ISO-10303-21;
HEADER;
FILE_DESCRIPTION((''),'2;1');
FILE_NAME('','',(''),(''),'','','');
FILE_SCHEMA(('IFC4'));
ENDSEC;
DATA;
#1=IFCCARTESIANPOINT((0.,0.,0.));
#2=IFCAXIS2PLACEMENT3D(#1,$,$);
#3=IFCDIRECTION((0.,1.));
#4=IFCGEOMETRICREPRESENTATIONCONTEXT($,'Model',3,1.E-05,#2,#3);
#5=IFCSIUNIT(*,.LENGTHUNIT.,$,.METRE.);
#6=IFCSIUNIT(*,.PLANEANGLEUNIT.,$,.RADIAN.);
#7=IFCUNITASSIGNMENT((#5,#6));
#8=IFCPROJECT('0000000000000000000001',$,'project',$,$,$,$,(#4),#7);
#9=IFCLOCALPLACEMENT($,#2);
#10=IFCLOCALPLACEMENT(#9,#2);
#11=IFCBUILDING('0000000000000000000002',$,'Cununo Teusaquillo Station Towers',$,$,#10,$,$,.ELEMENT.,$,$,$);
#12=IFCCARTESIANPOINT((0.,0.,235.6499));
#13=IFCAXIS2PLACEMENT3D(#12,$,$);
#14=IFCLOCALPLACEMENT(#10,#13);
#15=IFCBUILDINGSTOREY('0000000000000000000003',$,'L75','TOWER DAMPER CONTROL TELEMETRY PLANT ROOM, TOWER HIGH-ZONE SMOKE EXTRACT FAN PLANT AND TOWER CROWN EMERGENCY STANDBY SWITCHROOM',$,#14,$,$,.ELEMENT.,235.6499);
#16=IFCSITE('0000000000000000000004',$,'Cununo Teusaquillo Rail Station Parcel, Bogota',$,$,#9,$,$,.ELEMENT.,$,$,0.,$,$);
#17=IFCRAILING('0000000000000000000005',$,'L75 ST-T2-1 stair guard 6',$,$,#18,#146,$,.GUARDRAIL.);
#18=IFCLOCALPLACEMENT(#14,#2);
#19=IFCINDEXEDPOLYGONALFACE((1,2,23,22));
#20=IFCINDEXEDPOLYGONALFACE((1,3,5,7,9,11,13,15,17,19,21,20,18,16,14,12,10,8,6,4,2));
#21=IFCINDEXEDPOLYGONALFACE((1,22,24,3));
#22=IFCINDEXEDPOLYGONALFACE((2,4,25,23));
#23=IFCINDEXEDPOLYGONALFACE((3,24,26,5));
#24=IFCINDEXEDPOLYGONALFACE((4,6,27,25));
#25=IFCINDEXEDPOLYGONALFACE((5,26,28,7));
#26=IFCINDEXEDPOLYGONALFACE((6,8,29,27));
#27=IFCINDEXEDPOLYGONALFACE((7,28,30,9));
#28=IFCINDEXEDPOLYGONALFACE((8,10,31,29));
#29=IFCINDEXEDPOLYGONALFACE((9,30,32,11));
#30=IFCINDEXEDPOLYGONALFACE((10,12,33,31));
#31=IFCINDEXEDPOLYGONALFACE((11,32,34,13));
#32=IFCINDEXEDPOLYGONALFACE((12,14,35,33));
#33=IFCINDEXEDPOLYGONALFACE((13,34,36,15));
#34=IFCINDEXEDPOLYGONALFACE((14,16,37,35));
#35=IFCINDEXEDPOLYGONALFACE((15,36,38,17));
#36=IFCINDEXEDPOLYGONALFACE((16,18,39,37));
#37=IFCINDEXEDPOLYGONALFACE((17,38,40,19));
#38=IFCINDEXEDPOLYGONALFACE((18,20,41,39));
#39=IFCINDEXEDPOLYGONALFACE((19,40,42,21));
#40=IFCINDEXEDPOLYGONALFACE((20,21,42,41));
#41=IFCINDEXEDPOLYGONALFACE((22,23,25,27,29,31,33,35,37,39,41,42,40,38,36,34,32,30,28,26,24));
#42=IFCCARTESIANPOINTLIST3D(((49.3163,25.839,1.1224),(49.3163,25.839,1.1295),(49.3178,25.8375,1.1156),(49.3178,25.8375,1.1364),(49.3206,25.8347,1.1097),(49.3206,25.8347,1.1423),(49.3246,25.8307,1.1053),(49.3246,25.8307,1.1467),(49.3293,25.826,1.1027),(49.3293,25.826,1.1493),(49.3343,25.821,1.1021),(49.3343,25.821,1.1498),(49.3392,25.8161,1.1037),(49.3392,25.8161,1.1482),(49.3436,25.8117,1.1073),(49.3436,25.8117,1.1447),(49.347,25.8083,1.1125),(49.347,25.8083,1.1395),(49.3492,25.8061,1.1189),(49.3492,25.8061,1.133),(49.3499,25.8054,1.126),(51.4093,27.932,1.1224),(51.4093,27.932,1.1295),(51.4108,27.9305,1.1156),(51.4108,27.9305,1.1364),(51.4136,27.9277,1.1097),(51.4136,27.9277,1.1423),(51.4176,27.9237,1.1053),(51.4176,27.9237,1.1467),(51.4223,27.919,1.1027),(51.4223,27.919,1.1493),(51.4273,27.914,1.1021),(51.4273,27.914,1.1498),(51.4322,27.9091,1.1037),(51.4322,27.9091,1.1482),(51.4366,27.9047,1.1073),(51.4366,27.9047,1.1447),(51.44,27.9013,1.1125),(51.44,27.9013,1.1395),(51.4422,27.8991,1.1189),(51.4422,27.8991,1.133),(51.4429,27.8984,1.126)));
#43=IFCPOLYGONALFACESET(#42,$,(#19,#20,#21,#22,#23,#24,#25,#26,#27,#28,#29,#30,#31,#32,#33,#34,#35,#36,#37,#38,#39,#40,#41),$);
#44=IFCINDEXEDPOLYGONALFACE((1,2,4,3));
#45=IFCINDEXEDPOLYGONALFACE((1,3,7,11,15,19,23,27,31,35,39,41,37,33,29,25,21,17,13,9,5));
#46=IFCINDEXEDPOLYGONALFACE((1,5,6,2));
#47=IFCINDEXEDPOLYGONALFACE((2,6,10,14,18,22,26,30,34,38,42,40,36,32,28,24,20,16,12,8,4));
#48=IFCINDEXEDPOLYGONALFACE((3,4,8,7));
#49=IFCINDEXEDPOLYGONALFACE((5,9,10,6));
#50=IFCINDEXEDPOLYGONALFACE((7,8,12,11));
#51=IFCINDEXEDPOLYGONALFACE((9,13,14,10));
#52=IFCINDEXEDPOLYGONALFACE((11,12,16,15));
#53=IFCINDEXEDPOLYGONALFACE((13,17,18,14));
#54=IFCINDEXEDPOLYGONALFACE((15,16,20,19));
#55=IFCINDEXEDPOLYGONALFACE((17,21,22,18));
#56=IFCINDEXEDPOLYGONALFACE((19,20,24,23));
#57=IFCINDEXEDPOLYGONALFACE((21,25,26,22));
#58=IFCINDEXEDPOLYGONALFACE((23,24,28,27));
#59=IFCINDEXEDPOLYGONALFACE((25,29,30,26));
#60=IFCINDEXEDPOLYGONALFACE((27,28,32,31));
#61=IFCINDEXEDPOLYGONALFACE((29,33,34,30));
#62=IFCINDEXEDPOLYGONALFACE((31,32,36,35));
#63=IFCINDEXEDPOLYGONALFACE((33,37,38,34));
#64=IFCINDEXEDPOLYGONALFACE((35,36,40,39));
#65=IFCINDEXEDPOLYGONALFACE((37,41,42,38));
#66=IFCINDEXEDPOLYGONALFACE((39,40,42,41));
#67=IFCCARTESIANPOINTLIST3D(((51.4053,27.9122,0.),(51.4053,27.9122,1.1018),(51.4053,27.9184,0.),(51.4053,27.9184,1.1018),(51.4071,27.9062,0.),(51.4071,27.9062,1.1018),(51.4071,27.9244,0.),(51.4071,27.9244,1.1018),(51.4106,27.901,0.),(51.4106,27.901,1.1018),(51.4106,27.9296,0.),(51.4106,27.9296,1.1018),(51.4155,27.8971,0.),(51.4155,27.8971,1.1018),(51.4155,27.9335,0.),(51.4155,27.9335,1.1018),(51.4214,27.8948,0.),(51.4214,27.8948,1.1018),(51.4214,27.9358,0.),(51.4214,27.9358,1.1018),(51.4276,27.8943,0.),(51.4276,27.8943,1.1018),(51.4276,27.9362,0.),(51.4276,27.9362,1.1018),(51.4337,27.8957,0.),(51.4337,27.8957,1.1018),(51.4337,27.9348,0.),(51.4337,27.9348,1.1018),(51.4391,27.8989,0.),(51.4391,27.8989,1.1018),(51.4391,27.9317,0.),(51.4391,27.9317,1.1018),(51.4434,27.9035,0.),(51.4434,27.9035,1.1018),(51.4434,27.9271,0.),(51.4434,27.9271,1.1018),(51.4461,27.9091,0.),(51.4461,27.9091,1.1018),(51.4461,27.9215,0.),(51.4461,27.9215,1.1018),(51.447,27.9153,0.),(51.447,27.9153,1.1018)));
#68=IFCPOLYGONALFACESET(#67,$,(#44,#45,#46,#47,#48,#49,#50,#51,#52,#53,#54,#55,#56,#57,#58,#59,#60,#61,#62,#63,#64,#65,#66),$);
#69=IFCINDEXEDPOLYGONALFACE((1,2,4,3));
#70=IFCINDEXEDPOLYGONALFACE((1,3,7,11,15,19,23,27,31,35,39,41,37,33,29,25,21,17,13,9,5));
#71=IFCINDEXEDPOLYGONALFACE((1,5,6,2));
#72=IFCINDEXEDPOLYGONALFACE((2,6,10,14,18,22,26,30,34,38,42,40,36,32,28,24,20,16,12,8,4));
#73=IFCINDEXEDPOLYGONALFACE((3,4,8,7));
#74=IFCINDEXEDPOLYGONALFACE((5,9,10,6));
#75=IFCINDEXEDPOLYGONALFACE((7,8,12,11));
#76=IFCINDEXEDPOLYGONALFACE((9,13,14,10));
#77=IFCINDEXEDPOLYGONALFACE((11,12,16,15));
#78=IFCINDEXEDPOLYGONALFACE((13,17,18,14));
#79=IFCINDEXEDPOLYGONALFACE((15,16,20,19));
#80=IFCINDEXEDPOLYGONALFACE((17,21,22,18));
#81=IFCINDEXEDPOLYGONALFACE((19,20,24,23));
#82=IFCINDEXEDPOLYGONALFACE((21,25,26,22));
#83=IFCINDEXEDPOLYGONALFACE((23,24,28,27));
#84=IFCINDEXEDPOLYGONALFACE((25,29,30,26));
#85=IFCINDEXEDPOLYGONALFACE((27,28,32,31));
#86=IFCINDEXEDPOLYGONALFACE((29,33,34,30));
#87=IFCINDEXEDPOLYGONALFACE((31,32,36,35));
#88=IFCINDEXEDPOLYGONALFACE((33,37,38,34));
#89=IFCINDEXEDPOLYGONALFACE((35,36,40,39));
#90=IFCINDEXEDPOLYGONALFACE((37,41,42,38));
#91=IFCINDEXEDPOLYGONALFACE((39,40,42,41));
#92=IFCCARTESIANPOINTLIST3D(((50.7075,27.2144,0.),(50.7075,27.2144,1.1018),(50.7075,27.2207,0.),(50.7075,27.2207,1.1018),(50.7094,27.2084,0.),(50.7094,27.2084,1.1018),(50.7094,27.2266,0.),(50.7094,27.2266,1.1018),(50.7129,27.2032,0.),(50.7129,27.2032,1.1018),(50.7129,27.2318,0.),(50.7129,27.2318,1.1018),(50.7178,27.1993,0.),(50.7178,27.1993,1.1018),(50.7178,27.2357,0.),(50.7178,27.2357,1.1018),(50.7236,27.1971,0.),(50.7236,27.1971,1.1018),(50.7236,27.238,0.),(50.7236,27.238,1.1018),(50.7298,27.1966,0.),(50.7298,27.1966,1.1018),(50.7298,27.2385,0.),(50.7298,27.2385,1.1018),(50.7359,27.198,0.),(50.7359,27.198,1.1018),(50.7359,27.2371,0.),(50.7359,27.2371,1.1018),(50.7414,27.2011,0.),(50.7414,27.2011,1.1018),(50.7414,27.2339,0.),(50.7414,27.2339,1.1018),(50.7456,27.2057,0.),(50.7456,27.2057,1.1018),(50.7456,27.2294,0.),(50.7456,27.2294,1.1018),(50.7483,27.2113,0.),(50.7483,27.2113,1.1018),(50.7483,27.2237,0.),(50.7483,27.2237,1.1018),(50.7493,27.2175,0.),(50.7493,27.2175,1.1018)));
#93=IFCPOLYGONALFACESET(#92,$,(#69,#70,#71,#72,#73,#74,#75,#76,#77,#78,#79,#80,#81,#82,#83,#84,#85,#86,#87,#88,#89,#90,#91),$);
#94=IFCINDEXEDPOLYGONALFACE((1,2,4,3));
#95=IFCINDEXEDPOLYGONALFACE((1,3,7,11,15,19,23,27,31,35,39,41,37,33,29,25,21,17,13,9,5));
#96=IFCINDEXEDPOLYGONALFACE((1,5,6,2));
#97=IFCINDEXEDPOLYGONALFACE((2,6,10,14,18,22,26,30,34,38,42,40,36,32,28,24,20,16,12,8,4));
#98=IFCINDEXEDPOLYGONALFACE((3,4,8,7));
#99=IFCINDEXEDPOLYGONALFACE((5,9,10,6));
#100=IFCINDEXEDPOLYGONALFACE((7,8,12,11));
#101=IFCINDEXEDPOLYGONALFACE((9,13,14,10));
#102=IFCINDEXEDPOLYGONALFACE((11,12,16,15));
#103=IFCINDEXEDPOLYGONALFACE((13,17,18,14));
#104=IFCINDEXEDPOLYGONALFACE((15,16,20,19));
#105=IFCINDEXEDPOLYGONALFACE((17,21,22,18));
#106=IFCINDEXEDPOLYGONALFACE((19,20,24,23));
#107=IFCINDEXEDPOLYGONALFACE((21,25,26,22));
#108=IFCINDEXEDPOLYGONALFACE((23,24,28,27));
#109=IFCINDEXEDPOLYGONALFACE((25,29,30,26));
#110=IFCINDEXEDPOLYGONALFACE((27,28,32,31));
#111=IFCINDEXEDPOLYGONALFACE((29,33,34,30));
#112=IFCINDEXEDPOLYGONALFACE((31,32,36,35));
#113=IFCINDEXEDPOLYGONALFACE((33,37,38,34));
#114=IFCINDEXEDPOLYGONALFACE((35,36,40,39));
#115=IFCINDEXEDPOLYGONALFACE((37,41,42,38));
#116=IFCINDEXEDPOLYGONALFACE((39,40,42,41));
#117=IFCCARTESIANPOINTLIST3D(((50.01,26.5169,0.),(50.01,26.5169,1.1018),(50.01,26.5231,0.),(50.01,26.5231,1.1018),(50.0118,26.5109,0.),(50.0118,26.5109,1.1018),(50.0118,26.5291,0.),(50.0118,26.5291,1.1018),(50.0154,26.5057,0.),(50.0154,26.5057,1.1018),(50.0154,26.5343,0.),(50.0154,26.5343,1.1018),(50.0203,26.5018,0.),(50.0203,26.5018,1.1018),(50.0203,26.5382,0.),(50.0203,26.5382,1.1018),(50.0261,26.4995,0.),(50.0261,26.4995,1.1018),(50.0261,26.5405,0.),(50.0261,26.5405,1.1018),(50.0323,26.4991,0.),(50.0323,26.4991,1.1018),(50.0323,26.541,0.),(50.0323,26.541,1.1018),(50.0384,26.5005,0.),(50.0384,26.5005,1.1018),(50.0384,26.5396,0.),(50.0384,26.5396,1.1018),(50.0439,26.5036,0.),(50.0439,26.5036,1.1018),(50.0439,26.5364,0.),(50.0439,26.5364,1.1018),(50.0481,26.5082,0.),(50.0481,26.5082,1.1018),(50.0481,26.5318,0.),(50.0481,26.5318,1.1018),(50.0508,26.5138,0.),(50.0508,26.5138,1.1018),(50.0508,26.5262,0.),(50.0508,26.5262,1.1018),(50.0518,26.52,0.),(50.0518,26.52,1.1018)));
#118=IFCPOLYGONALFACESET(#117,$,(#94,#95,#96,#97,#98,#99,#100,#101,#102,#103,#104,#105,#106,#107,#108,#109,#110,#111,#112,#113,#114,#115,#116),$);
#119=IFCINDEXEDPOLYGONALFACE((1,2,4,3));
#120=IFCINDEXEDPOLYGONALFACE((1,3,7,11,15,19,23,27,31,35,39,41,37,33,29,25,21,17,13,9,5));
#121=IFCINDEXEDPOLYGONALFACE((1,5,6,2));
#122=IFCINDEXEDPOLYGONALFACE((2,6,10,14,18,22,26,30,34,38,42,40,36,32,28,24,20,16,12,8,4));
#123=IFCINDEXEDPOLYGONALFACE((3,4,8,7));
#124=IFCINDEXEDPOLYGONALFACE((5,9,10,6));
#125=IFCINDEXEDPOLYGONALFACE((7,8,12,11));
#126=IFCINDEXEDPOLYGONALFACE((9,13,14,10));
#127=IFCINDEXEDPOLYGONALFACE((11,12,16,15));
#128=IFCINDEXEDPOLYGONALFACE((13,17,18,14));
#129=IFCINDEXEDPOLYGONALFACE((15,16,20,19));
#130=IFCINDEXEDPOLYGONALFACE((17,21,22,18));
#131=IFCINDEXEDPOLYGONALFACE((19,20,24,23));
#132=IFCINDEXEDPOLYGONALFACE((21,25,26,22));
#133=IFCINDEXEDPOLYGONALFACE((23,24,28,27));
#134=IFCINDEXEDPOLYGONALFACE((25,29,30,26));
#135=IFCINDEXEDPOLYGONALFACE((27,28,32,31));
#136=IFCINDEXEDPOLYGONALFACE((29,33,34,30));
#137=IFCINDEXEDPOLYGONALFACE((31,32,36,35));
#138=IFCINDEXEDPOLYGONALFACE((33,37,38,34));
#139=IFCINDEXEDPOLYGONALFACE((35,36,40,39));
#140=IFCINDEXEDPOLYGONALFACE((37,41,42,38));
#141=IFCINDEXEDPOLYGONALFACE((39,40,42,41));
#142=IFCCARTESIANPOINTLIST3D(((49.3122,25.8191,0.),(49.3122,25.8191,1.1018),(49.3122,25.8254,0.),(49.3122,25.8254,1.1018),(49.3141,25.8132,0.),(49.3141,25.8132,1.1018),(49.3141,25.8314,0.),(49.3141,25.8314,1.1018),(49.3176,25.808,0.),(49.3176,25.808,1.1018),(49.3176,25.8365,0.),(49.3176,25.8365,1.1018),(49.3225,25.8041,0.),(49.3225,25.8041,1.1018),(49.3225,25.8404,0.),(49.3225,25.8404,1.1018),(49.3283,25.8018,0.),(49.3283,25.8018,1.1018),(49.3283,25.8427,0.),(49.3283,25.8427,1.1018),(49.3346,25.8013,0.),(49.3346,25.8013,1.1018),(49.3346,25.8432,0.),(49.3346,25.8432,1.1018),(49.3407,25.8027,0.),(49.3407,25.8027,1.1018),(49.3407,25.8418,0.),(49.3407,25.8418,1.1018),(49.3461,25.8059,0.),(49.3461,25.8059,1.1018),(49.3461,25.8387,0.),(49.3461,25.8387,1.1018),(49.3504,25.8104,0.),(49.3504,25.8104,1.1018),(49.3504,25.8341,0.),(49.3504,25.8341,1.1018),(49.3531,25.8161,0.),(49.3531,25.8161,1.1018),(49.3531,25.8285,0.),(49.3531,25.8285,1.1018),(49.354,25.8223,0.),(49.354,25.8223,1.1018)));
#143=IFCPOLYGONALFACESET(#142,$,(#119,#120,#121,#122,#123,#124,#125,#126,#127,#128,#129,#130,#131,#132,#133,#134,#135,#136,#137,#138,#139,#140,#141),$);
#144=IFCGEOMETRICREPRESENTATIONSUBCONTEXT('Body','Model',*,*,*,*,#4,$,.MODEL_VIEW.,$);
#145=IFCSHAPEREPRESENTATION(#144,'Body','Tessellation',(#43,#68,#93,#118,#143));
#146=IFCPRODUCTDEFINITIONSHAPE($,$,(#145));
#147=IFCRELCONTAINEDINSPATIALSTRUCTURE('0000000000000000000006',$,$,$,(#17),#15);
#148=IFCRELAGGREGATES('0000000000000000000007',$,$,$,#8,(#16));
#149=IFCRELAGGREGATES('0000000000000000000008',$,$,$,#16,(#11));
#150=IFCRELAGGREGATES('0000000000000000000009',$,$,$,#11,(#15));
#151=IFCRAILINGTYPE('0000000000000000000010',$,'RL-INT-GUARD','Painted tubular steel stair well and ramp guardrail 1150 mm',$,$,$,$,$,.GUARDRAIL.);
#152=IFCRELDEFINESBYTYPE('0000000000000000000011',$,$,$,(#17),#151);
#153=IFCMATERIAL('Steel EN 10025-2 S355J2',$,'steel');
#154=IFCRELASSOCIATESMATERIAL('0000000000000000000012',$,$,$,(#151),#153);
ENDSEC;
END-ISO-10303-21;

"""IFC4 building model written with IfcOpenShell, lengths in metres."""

from ifc_helpers import new_model, si_unit, direction, frame, origin, origin_2d, place, context, subcontext, project, spatial, circle, extrude, material, type_object, element, save


model = new_model("IFC4")

# Units and contexts
model_context = context("Model", 3, precision=1e-05, world=origin(), true_north=direction((0.0, 1.0)))
body_context = subcontext(model_context, "Body", "Model", "MODEL_VIEW")
ifc_project = project(units=[si_unit("LENGTHUNIT", "METRE"), si_unit("PLANEANGLEUNIT", "RADIAN")], contexts=[model_context])

# Site, building, storey
site_placement = place(None, origin())
site = spatial("IfcSite", under=ifc_project, at=site_placement, Name="Cununo Teusaquillo Rail Station Parcel, Bogota", CompositionType="ELEMENT", RefElevation=0.0)
building_placement = place(site_placement, origin())
building = spatial("IfcBuilding", under=site, at=building_placement, Name="Cununo Teusaquillo Station Towers", CompositionType="ELEMENT")
storey_placement = place(building_placement, frame((0.0, 0.0, 235.6499)))
storey = spatial("IfcBuildingStorey", under=building, at=storey_placement, Name="L75", Description="TOWER DAMPER CONTROL TELEMETRY PLANT ROOM, TOWER HIGH-ZONE SMOKE EXTRACT FAN PLANT AND TOWER CROWN EMERGENCY STANDBY SWITCHROOM", CompositionType="ELEMENT", Elevation=235.6499)

# Railing
ifc_material_1 = material(Name="Steel EN 10025-2 S355J2", Category="steel")
railing_type = type_object("IfcRailingType", Name="RL-INT-GUARD", Description="Painted tubular steel stair well and ramp guardrail 1150 mm", PredefinedType="GUARDRAIL", material=ifc_material_1)
railing_1_placement = place(storey_placement, frame((51.426, 27.9153, 0.0)))
element("IfcRailing", 1, at=railing_1_placement, inside=storey, type_object=railing_type, Name="L75 ST-T2-1 stair guard 6", PredefinedType="GUARDRAIL", context=body_context, shape_type="SweptSolid", body=[
    extrude(circle(Radius=0.0239, at=origin_2d()), frame((0.0, 0.0, 1.126), z_axis=(-0.707107, -0.707107, 0.0), x_axis=(0.707107, -0.707107, 0.0)), (0.0, 0.0, 1.0), 2.96),
    extrude(circle(Radius=0.021, at=origin_2d()), origin(), (0.0, 0.0, 1.0), 1.1018),
    extrude(circle(Radius=0.021, at=origin_2d()), frame((-0.6978, -0.6978, 0.0)), (0.0, 0.0, 1.0), 1.1018),
    extrude(circle(Radius=0.021, at=origin_2d()), frame((-1.3953, -1.3953, 0.0)), (0.0, 0.0, 1.0), 1.1018),
    extrude(circle(Radius=0.021, at=origin_2d()), frame((-2.093, -2.093, 0.0)), (0.0, 0.0, 1.0), 1.1018),
])

save(model, "model.ifc")
